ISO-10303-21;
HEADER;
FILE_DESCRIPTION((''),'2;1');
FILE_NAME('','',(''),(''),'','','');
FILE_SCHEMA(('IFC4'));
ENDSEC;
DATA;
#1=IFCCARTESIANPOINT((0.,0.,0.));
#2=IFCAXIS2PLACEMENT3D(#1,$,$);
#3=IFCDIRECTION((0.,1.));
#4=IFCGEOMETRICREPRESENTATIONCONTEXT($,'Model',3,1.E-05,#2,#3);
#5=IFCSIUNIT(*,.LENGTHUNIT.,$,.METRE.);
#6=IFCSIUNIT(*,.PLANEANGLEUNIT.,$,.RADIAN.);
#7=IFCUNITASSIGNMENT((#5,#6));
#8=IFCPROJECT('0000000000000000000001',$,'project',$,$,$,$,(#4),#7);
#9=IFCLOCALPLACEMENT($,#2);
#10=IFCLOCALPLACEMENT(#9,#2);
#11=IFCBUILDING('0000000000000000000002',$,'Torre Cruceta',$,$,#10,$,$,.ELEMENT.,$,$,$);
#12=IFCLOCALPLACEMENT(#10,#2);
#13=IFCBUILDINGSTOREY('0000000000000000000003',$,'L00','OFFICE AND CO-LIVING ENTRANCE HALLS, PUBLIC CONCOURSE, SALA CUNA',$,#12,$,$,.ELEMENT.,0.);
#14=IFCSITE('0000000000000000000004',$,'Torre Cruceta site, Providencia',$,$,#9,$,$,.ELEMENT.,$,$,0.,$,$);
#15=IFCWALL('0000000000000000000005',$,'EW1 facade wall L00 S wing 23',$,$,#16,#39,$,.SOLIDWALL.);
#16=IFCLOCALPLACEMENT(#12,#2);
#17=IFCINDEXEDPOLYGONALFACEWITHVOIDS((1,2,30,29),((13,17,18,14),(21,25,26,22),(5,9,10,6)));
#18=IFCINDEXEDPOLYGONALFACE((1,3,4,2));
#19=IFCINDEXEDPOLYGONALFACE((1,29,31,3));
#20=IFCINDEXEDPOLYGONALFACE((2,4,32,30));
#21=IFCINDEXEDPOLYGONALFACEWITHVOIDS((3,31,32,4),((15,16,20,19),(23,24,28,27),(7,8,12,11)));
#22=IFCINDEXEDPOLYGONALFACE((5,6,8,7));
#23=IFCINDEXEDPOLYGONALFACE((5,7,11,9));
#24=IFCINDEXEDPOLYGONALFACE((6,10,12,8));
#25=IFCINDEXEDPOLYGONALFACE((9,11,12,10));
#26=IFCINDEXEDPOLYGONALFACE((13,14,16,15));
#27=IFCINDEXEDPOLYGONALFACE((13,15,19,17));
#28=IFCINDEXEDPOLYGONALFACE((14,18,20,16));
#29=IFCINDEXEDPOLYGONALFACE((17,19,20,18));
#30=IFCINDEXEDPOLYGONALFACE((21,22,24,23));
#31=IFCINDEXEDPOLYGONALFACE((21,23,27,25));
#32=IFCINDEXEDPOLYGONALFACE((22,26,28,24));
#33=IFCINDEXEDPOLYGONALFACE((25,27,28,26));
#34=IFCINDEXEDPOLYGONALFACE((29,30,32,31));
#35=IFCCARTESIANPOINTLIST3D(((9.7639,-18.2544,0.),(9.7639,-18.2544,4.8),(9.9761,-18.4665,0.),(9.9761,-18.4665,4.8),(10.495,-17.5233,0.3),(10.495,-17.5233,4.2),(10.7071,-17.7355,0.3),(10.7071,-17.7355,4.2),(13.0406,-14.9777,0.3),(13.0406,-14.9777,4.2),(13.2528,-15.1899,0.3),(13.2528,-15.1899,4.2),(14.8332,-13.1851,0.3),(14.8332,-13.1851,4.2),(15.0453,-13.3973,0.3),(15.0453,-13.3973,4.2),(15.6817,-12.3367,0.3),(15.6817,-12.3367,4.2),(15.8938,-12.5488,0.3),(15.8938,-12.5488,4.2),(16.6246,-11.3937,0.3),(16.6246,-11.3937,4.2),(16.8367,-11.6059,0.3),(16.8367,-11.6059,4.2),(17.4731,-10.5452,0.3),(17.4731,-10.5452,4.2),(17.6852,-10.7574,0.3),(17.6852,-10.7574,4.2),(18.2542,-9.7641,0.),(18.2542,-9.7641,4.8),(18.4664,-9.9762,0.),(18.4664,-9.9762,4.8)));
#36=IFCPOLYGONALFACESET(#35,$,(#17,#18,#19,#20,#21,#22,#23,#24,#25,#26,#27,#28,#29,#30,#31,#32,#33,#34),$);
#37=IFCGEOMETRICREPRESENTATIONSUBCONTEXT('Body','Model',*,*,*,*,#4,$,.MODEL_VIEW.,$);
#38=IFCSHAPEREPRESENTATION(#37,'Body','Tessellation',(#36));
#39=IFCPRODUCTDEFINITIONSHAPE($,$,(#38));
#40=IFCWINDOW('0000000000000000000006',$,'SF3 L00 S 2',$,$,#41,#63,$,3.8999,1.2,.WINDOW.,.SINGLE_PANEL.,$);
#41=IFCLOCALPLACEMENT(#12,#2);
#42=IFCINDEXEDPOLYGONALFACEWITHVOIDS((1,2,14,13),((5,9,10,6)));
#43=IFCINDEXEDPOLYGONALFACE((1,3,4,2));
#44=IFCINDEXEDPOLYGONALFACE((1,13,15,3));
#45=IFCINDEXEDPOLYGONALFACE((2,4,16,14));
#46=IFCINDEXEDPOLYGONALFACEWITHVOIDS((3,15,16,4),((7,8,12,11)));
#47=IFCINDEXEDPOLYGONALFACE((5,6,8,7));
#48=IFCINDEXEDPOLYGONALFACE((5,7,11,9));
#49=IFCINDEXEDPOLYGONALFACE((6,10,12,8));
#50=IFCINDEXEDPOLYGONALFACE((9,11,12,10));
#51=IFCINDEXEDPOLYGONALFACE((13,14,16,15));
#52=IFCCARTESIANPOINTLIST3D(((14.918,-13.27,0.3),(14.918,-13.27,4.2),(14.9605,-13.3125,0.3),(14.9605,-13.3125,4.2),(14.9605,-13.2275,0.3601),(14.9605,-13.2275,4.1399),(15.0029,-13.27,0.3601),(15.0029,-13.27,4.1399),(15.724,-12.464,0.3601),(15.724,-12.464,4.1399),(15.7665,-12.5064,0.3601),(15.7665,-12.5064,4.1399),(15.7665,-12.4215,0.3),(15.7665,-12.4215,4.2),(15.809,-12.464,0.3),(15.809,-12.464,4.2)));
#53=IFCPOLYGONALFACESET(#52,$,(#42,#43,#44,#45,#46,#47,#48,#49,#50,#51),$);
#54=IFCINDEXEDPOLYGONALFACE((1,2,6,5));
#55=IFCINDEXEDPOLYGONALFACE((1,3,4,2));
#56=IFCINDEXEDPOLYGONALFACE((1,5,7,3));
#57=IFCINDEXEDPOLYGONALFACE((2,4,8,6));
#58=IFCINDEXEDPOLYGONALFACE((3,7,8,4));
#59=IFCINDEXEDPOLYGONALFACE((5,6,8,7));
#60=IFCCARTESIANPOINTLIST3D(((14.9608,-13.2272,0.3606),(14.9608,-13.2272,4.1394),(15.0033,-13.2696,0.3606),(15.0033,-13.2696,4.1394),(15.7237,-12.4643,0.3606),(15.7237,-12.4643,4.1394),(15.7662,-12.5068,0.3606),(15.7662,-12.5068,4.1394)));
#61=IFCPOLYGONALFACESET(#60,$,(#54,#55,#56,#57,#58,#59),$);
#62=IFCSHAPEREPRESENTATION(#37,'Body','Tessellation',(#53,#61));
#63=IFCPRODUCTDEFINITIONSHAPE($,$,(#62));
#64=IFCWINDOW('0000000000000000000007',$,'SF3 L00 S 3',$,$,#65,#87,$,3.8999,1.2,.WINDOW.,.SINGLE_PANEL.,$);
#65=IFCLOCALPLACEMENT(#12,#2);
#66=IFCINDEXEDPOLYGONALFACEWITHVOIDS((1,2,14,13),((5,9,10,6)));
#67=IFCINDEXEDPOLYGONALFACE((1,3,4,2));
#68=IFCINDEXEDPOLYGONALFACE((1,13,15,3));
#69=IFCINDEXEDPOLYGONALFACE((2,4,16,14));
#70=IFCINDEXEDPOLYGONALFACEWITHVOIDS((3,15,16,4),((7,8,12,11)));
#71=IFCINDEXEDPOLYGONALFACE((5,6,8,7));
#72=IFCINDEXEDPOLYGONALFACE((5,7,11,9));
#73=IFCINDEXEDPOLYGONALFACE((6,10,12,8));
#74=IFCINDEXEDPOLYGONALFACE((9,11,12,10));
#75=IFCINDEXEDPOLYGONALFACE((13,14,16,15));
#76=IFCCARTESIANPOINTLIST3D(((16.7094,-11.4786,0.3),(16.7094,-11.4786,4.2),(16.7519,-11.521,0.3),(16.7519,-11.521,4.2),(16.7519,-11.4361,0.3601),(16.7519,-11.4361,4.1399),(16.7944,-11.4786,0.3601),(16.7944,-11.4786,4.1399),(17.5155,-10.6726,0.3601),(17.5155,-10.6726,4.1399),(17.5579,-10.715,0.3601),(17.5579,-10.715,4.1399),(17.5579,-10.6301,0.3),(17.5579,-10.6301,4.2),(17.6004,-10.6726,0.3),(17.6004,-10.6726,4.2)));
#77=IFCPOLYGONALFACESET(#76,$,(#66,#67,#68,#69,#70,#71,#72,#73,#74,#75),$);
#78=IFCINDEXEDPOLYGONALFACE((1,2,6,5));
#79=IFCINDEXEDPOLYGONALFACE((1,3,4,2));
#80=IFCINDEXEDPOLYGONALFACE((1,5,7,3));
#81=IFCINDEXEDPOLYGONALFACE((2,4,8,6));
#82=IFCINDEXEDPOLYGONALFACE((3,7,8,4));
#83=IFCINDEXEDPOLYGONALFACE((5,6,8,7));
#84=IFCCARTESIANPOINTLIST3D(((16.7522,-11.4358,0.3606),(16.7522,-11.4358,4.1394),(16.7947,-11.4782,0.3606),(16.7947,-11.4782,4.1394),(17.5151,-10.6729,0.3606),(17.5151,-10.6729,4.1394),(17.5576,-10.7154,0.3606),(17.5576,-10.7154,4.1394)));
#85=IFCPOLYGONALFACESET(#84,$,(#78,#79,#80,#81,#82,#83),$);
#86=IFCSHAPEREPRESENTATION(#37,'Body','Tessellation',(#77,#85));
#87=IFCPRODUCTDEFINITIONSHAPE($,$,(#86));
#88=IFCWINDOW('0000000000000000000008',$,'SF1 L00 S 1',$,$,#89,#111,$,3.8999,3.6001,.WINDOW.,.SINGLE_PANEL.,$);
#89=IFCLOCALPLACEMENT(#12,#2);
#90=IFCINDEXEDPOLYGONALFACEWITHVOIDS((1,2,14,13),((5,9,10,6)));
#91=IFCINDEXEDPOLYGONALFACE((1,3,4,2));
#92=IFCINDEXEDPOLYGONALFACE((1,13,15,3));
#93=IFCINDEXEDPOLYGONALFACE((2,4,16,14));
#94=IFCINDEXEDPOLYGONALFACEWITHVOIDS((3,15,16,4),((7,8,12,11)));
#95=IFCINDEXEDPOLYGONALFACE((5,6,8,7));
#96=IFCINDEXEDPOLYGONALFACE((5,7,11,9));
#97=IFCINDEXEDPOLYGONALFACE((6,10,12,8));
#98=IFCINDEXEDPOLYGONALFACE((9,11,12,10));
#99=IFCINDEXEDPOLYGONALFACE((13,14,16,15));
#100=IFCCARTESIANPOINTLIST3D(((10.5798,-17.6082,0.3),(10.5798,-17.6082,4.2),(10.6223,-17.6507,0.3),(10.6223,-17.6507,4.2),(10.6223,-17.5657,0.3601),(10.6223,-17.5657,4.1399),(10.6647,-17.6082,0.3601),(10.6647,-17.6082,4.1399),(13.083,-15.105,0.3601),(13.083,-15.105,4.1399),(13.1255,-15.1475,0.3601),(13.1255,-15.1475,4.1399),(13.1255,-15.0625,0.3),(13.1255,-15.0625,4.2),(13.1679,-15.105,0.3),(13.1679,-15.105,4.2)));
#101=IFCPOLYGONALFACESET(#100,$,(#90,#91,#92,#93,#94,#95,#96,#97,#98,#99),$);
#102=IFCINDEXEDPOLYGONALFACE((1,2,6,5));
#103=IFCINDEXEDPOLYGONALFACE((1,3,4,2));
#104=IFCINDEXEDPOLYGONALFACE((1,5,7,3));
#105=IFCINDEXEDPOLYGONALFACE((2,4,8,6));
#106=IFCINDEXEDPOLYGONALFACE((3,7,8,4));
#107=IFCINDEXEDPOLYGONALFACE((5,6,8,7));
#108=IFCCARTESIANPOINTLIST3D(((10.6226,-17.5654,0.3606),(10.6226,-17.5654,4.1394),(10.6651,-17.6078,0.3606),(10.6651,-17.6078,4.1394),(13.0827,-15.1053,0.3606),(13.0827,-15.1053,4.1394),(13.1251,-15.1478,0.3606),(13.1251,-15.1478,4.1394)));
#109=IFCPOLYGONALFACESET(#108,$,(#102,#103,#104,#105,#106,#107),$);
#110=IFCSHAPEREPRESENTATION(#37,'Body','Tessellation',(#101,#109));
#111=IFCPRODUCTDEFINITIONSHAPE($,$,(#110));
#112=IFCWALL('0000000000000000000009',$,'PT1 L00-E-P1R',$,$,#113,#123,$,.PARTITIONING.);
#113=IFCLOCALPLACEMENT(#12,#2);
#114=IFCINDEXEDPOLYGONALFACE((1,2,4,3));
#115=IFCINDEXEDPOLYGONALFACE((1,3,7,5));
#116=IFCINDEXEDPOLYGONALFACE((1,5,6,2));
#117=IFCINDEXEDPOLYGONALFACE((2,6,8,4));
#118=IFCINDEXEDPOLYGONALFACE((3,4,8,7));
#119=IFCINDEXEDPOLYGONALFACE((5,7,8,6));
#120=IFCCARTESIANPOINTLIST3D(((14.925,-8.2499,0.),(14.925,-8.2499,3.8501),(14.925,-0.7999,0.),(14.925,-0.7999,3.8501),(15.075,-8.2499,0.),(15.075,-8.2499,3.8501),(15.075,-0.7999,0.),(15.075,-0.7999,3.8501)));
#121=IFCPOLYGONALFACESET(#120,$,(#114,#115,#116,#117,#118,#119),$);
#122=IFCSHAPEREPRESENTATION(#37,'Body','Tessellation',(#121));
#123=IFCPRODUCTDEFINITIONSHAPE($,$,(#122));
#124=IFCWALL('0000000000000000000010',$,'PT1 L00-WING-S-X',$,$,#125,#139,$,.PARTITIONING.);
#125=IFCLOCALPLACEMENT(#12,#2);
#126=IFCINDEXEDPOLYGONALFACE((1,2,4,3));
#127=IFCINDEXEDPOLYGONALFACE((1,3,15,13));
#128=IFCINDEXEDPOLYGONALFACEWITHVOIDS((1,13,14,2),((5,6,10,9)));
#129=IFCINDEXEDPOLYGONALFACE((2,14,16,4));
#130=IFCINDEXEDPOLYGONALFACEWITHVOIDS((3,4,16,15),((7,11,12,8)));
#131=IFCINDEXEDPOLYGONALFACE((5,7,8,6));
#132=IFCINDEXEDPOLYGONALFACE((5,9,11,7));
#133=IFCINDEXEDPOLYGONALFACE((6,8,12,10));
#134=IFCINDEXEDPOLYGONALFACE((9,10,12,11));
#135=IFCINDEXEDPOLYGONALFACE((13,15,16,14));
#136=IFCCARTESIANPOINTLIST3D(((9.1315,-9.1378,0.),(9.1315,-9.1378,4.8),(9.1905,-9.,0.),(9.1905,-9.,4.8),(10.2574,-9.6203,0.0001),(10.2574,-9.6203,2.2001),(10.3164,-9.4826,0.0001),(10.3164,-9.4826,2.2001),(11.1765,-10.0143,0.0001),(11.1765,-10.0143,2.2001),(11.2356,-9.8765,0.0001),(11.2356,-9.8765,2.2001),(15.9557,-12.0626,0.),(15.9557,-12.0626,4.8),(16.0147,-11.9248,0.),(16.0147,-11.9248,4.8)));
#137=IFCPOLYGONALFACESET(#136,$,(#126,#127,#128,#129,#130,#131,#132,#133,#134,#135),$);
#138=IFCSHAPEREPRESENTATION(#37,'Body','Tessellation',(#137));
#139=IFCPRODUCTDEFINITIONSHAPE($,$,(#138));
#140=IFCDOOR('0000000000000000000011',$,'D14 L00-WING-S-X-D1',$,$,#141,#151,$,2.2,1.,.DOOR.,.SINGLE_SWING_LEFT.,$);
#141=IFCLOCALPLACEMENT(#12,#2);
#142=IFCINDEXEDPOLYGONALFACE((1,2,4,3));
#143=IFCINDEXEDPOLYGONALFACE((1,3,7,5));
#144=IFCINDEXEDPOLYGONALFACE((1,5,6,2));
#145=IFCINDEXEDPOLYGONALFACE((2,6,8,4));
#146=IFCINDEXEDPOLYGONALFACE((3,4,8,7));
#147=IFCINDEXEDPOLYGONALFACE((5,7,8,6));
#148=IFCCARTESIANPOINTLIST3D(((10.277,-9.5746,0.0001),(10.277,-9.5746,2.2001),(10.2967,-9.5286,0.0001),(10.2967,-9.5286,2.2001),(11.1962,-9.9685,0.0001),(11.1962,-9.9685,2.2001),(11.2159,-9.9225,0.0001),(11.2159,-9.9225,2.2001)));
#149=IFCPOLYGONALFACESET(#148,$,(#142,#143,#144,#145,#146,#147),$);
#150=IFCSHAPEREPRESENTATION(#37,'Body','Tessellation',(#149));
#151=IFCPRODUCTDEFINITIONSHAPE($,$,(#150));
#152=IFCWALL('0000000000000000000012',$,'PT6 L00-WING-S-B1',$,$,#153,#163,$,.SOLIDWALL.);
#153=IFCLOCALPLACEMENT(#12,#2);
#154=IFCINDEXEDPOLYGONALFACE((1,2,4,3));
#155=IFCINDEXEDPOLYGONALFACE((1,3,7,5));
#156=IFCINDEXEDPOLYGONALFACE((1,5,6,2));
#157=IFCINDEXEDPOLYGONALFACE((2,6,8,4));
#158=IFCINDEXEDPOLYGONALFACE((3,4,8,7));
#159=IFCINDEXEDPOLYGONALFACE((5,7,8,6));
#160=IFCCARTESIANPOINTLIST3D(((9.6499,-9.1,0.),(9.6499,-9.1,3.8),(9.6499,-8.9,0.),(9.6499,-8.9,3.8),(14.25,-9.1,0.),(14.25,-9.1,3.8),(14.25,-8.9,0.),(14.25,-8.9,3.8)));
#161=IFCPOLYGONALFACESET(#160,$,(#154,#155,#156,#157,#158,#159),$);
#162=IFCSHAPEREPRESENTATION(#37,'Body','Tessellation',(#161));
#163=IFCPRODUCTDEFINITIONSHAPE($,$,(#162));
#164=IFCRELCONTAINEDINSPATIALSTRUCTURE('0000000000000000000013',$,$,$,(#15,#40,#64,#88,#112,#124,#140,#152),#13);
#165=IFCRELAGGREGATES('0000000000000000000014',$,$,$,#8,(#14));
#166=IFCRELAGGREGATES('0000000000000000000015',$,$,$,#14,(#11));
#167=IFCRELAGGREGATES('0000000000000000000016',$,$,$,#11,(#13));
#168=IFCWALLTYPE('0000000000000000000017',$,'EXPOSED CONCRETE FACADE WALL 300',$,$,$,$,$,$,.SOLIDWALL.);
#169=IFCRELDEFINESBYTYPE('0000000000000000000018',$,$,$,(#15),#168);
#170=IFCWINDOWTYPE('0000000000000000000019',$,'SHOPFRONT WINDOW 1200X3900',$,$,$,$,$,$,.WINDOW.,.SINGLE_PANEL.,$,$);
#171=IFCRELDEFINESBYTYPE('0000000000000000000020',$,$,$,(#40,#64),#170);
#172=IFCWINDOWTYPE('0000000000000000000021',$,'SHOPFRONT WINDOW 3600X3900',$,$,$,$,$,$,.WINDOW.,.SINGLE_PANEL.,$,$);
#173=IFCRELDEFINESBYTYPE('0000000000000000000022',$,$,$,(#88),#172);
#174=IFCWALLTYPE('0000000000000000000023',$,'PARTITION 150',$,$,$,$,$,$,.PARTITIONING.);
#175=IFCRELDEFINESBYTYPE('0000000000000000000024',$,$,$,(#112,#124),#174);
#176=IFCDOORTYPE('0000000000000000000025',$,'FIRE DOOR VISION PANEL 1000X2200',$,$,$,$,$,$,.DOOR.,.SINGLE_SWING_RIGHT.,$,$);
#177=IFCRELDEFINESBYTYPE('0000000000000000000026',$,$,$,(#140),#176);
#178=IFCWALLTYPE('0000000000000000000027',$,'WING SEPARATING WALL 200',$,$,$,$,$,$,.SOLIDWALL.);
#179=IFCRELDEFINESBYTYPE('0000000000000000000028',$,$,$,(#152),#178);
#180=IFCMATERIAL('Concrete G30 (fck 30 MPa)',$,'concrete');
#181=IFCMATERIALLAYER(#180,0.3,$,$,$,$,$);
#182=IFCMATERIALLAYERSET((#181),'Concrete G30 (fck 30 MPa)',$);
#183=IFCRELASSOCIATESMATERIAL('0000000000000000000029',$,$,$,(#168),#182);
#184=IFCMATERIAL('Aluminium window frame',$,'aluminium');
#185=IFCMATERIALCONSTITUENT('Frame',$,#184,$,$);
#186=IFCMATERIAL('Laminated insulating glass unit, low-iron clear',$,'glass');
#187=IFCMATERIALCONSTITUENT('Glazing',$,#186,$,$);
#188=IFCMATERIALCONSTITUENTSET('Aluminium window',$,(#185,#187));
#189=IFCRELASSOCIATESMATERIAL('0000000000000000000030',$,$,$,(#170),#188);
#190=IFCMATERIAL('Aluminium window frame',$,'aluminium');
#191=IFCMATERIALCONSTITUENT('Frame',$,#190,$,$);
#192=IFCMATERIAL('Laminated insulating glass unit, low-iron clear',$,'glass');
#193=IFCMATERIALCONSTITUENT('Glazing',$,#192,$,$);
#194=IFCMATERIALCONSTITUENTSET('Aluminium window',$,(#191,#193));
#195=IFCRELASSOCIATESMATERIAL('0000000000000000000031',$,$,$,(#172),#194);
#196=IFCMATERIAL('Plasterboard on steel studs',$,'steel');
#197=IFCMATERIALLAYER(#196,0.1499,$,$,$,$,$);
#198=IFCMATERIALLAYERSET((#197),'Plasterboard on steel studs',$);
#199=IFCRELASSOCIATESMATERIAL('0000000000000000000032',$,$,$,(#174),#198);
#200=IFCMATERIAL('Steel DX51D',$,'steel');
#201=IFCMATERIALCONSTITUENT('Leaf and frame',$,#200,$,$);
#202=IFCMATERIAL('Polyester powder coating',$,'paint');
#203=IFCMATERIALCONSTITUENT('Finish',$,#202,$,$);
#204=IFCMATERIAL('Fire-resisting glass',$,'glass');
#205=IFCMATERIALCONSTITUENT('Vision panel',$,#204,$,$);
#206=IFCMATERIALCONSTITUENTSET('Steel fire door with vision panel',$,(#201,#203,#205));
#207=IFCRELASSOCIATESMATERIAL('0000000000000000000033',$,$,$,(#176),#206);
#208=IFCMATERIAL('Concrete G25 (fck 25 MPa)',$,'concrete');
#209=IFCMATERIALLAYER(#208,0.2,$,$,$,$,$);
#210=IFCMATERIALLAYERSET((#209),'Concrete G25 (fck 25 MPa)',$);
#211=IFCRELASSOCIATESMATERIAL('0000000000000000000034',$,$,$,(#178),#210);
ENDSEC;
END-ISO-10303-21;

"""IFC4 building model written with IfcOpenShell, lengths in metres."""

from ifc_helpers import new_model, si_unit, direction, frame, frame_2d, origin, place, context, subcontext, project, spatial, rectangle, hollow_rectangle, extrude, material, layer, layer_set, constituent, constituent_set, type_object, element, fill, save


model = new_model("IFC4")

# Units and contexts
model_context = context("Model", 3, precision=1e-05, world=origin(), true_north=direction((0.0, 1.0)))
body_context = subcontext(model_context, "Body", "Model", "MODEL_VIEW")
ifc_project = project(units=[si_unit("LENGTHUNIT", "METRE"), si_unit("PLANEANGLEUNIT", "RADIAN")], contexts=[model_context])

# Site, building, storey
site_placement = place(None, origin())
site = spatial("IfcSite", under=ifc_project, at=site_placement, Name="Torre Cruceta site, Providencia", CompositionType="ELEMENT", RefElevation=0.0)
building_placement = place(site_placement, origin())
building = spatial("IfcBuilding", under=site, at=building_placement, Name="Torre Cruceta", CompositionType="ELEMENT")
storey_placement = place(building_placement, origin())
storey = spatial("IfcBuildingStorey", under=building, at=storey_placement, Name="L00", Description="OFFICE AND CO-LIVING ENTRANCE HALLS, PUBLIC CONCOURSE, SALA CUNA", CompositionType="ELEMENT", Elevation=0.0)

# Shared definitions
ifc_material_1 = material(Name="Concrete G30 (fck 30 MPa)", Category="concrete")
ifc_layer_1 = layer(ifc_material_1, 0.3)
ifc_layer_set_1 = layer_set([ifc_layer_1], Name="Concrete G30 (fck 30 MPa)")
wall_type_1 = type_object("IfcWallType", Name="EXPOSED CONCRETE FACADE WALL 300", PredefinedType="SOLIDWALL", material=ifc_layer_set_1)
ifc_material_2 = material(Name="Aluminium window frame", Category="aluminium")
ifc_constituent_1 = constituent(ifc_material_2, Name="Frame")
ifc_material_3 = material(Name="Laminated insulating glass unit, low-iron clear", Category="glass")
ifc_constituent_2 = constituent(ifc_material_3, Name="Glazing")
ifc_constituent_set_1 = constituent_set(constituents=[ifc_constituent_1, ifc_constituent_2], Name="Aluminium window")
window_type_1 = type_object("IfcWindowType", Name="SHOPFRONT WINDOW 1200X3900", PartitioningType="SINGLE_PANEL", PredefinedType="WINDOW", material=ifc_constituent_set_1)

# Wall, openings, windows
wall_1_placement = place(storey_placement, frame((9.8701, -18.3604, 0.0), z_axis=(0.0, 0.0, 1.0), x_axis=(0.707107, 0.707107, 0.0)))
wall_1 = element("IfcWall", 1, at=wall_1_placement, inside=storey, type_object=wall_type_1, Name="EW1 facade wall L00 S wing 23", PredefinedType="SOLIDWALL", context=body_context, shape_type="SweptSolid", body=[
    extrude(rectangle(XDim=12.0071, YDim=0.3, at=frame_2d((6.0034, 0.0))), origin(), (0.0, 0.0, 1.0), 4.8),
])
opening_1_placement = place(wall_1_placement, frame((1.0337, 0.0, 0.3)))
opening_1 = element("IfcOpeningElement", 2, at=opening_1_placement, cuts=wall_1, PredefinedType="OPENING", context=body_context, shape_type="SweptSolid", body=[
    extrude(rectangle(XDim=3.6001, YDim=3.8999, at=frame_2d((1.8, 1.95))), frame((0.0, 0.1599, 0.0), z_axis=(0.0, -1.0, 0.0), x_axis=(1.0, 0.0, 0.0)), (0.0, 0.0, 1.0), 0.3201),
])
opening_2_placement = place(wall_1_placement, frame((7.1687, 0.0, 0.3)))
opening_2 = element("IfcOpeningElement", 3, at=opening_2_placement, cuts=wall_1, PredefinedType="OPENING", context=body_context, shape_type="SweptSolid", body=[
    extrude(rectangle(XDim=1.2, YDim=3.8999, at=frame_2d((0.6001, 1.95))), frame((0.0, 0.1599, 0.0), z_axis=(0.0, -1.0, 0.0), x_axis=(1.0, 0.0, 0.0)), (0.0, 0.0, 1.0), 0.3201),
])
opening_3_placement = place(wall_1_placement, frame((9.7021, 0.0, 0.3)))
opening_3 = element("IfcOpeningElement", 4, at=opening_3_placement, cuts=wall_1, PredefinedType="OPENING", context=body_context, shape_type="SweptSolid", body=[
    extrude(rectangle(XDim=1.2, YDim=3.8999, at=frame_2d((0.6001, 1.95))), frame((0.0, 0.1599, 0.0), z_axis=(0.0, -1.0, 0.0), x_axis=(1.0, 0.0, 0.0)), (0.0, 0.0, 1.0), 0.3201),
])
window_1_placement = place(opening_2_placement, origin())
window_1 = element("IfcWindow", 5, at=window_1_placement, inside=storey, type_object=window_type_1, Name="SF3 L00 S 2", OverallHeight=3.8999, OverallWidth=1.2, PartitioningType="SINGLE_PANEL", PredefinedType="WINDOW", context=body_context, shape_type="SweptSolid", body=[
    extrude(hollow_rectangle(XDim=1.2, YDim=3.8999, WallThickness=0.0601, at=frame_2d((0.6001, 1.95))), frame((0.0, 0.03, 0.0), z_axis=(0.0, -1.0, 0.0), x_axis=(1.0, 0.0, 0.0)), (0.0, 0.0, 1.0), 0.0601),
    extrude(rectangle(XDim=1.0789, YDim=3.7788, at=frame_2d((0.6001, 1.95))), frame((0.0, 0.03, 0.0), z_axis=(0.0, -1.0, 0.0), x_axis=(1.0, 0.0, 0.0)), (0.0, 0.0, 1.0), 0.0601),
])
fill(opening_2, window_1)
window_2_placement = place(opening_3_placement, origin())
window_2 = element("IfcWindow", 6, at=window_2_placement, inside=storey, type_object=window_type_1, Name="SF3 L00 S 3", OverallHeight=3.8999, OverallWidth=1.2, PartitioningType="SINGLE_PANEL", PredefinedType="WINDOW", context=body_context, shape_type="SweptSolid", body=[
    extrude(hollow_rectangle(XDim=1.2, YDim=3.8999, WallThickness=0.0601, at=frame_2d((0.6001, 1.95))), frame((0.0, 0.03, 0.0), z_axis=(0.0, -1.0, 0.0), x_axis=(1.0, 0.0, 0.0)), (0.0, 0.0, 1.0), 0.0601),
    extrude(rectangle(XDim=1.0789, YDim=3.7788, at=frame_2d((0.6001, 1.95))), frame((0.0, 0.03, 0.0), z_axis=(0.0, -1.0, 0.0), x_axis=(1.0, 0.0, 0.0)), (0.0, 0.0, 1.0), 0.0601),
])
fill(opening_3, window_2)
ifc_material_4 = material(Name="Aluminium window frame", Category="aluminium")
ifc_constituent_3 = constituent(ifc_material_4, Name="Frame")
ifc_material_5 = material(Name="Laminated insulating glass unit, low-iron clear", Category="glass")
ifc_constituent_4 = constituent(ifc_material_5, Name="Glazing")
ifc_constituent_set_2 = constituent_set(constituents=[ifc_constituent_3, ifc_constituent_4], Name="Aluminium window")
window_type_2 = type_object("IfcWindowType", Name="SHOPFRONT WINDOW 3600X3900", PartitioningType="SINGLE_PANEL", PredefinedType="WINDOW", material=ifc_constituent_set_2)
window_3_placement = place(opening_1_placement, origin())
window_3 = element("IfcWindow", 7, at=window_3_placement, inside=storey, type_object=window_type_2, Name="SF1 L00 S 1", OverallHeight=3.8999, OverallWidth=3.6001, PartitioningType="SINGLE_PANEL", PredefinedType="WINDOW", context=body_context, shape_type="SweptSolid", body=[
    extrude(hollow_rectangle(XDim=3.6001, YDim=3.8999, WallThickness=0.0601, at=frame_2d((1.8, 1.95))), frame((0.0, 0.03, 0.0), z_axis=(0.0, -1.0, 0.0), x_axis=(1.0, 0.0, 0.0)), (0.0, 0.0, 1.0), 0.0601),
    extrude(rectangle(XDim=3.479, YDim=3.7788, at=frame_2d((1.8, 1.95))), frame((0.0, 0.03, 0.0), z_axis=(0.0, -1.0, 0.0), x_axis=(1.0, 0.0, 0.0)), (0.0, 0.0, 1.0), 0.0601),
])
fill(opening_1, window_3)

# Wall
ifc_material_6 = material(Name="Plasterboard on steel studs", Category="steel")
ifc_layer_2 = layer(ifc_material_6, 0.1499)
ifc_layer_set_2 = layer_set([ifc_layer_2], Name="Plasterboard on steel studs")
wall_type_2 = type_object("IfcWallType", Name="PARTITION 150", PredefinedType="PARTITIONING", material=ifc_layer_set_2)
wall_2_placement = place(storey_placement, frame((15.0, -8.25, 0.0), z_axis=(0.0, 0.0, 1.0), x_axis=(0.0, 1.0, 0.0)))
element("IfcWall", 8, at=wall_2_placement, inside=storey, type_object=wall_type_2, Name="PT1 L00-E-P1R", PredefinedType="PARTITIONING", context=body_context, shape_type="SweptSolid", body=[
    extrude(rectangle(XDim=7.45, YDim=0.1499, at=frame_2d((3.7251, 0.0))), origin(), (0.0, 0.0, 1.0), 3.8501),
])

# Wall, opening, door
wall_3_placement = place(storey_placement, frame((9.1609, -9.0688, 0.0), z_axis=(0.0, 0.0, 1.0), x_axis=(0.919138, -0.393935, 0.0)))
wall_3 = element("IfcWall", 9, at=wall_3_placement, inside=storey, type_object=wall_type_2, Name="PT1 L00-WING-S-X", PredefinedType="PARTITIONING", context=body_context, shape_type="SweptSolid", body=[
    extrude(rectangle(XDim=7.4246, YDim=0.1499, at=frame_2d((3.7124, 0.0))), origin(), (0.0, 0.0, 1.0), 4.8),
])
opening_4_placement = place(wall_3_placement, frame((1.2251, 0.0, 0.0)))
opening_4 = element("IfcOpeningElement", 10, at=opening_4_placement, cuts=wall_3, PredefinedType="OPENING", context=body_context, shape_type="SweptSolid", body=[
    extrude(rectangle(XDim=1.0, YDim=2.2, at=frame_2d((0.5, 1.1001))), frame((0.0, 0.085, 0.0), z_axis=(0.0, -1.0, 0.0), x_axis=(1.0, 0.0, 0.0)), (0.0, 0.0, 1.0), 0.1699),
])
ifc_material_7 = material(Name="Steel DX51D", Category="steel")
ifc_constituent_5 = constituent(ifc_material_7, Name="Leaf and frame")
ifc_material_8 = material(Name="Polyester powder coating", Category="paint")
ifc_constituent_6 = constituent(ifc_material_8, Name="Finish")
ifc_material_9 = material(Name="Fire-resisting glass", Category="glass")
ifc_constituent_7 = constituent(ifc_material_9, Name="Vision panel")
ifc_constituent_set_3 = constituent_set(constituents=[ifc_constituent_5, ifc_constituent_6, ifc_constituent_7], Name="Steel fire door with vision panel")
door_type = type_object("IfcDoorType", Name="FIRE DOOR VISION PANEL 1000X2200", OperationType="SINGLE_SWING_RIGHT", PredefinedType="DOOR", material=ifc_constituent_set_3)
door_placement = place(opening_4_placement, origin())
door = element("IfcDoor", 11, at=door_placement, inside=storey, type_object=door_type, Name="D14 L00-WING-S-X-D1", OperationType="SINGLE_SWING_LEFT", OverallHeight=2.2, OverallWidth=1.0, PredefinedType="DOOR", context=body_context, shape_type="SweptSolid", body=[
    extrude(rectangle(XDim=1.0, YDim=2.2, at=frame_2d((0.5, 1.1001))), frame((0.0, 0.0249, 0.0), z_axis=(0.0, -1.0, 0.0), x_axis=(1.0, 0.0, 0.0)), (0.0, 0.0, 1.0), 0.05),
])
fill(opening_4, door)

# Wall
ifc_material_10 = material(Name="Concrete G25 (fck 25 MPa)", Category="concrete")
ifc_layer_3 = layer(ifc_material_10, 0.2)
ifc_layer_set_3 = layer_set([ifc_layer_3], Name="Concrete G25 (fck 25 MPa)")
wall_type_3 = type_object("IfcWallType", Name="WING SEPARATING WALL 200", PredefinedType="SOLIDWALL", material=ifc_layer_set_3)
wall_4_placement = place(storey_placement, frame((14.25, -9.0, 0.0), z_axis=(0.0, 0.0, 1.0), x_axis=(-1.0, 0.0, 0.0)))
element("IfcWall", 12, at=wall_4_placement, inside=storey, type_object=wall_type_3, Name="PT6 L00-WING-S-B1", PredefinedType="SOLIDWALL", context=body_context, shape_type="SweptSolid", body=[
    extrude(rectangle(XDim=4.6001, YDim=0.2, at=frame_2d((2.3, 0.0))), origin(), (0.0, 0.0, 1.0), 3.8),
])

save(model, "model.ifc")
